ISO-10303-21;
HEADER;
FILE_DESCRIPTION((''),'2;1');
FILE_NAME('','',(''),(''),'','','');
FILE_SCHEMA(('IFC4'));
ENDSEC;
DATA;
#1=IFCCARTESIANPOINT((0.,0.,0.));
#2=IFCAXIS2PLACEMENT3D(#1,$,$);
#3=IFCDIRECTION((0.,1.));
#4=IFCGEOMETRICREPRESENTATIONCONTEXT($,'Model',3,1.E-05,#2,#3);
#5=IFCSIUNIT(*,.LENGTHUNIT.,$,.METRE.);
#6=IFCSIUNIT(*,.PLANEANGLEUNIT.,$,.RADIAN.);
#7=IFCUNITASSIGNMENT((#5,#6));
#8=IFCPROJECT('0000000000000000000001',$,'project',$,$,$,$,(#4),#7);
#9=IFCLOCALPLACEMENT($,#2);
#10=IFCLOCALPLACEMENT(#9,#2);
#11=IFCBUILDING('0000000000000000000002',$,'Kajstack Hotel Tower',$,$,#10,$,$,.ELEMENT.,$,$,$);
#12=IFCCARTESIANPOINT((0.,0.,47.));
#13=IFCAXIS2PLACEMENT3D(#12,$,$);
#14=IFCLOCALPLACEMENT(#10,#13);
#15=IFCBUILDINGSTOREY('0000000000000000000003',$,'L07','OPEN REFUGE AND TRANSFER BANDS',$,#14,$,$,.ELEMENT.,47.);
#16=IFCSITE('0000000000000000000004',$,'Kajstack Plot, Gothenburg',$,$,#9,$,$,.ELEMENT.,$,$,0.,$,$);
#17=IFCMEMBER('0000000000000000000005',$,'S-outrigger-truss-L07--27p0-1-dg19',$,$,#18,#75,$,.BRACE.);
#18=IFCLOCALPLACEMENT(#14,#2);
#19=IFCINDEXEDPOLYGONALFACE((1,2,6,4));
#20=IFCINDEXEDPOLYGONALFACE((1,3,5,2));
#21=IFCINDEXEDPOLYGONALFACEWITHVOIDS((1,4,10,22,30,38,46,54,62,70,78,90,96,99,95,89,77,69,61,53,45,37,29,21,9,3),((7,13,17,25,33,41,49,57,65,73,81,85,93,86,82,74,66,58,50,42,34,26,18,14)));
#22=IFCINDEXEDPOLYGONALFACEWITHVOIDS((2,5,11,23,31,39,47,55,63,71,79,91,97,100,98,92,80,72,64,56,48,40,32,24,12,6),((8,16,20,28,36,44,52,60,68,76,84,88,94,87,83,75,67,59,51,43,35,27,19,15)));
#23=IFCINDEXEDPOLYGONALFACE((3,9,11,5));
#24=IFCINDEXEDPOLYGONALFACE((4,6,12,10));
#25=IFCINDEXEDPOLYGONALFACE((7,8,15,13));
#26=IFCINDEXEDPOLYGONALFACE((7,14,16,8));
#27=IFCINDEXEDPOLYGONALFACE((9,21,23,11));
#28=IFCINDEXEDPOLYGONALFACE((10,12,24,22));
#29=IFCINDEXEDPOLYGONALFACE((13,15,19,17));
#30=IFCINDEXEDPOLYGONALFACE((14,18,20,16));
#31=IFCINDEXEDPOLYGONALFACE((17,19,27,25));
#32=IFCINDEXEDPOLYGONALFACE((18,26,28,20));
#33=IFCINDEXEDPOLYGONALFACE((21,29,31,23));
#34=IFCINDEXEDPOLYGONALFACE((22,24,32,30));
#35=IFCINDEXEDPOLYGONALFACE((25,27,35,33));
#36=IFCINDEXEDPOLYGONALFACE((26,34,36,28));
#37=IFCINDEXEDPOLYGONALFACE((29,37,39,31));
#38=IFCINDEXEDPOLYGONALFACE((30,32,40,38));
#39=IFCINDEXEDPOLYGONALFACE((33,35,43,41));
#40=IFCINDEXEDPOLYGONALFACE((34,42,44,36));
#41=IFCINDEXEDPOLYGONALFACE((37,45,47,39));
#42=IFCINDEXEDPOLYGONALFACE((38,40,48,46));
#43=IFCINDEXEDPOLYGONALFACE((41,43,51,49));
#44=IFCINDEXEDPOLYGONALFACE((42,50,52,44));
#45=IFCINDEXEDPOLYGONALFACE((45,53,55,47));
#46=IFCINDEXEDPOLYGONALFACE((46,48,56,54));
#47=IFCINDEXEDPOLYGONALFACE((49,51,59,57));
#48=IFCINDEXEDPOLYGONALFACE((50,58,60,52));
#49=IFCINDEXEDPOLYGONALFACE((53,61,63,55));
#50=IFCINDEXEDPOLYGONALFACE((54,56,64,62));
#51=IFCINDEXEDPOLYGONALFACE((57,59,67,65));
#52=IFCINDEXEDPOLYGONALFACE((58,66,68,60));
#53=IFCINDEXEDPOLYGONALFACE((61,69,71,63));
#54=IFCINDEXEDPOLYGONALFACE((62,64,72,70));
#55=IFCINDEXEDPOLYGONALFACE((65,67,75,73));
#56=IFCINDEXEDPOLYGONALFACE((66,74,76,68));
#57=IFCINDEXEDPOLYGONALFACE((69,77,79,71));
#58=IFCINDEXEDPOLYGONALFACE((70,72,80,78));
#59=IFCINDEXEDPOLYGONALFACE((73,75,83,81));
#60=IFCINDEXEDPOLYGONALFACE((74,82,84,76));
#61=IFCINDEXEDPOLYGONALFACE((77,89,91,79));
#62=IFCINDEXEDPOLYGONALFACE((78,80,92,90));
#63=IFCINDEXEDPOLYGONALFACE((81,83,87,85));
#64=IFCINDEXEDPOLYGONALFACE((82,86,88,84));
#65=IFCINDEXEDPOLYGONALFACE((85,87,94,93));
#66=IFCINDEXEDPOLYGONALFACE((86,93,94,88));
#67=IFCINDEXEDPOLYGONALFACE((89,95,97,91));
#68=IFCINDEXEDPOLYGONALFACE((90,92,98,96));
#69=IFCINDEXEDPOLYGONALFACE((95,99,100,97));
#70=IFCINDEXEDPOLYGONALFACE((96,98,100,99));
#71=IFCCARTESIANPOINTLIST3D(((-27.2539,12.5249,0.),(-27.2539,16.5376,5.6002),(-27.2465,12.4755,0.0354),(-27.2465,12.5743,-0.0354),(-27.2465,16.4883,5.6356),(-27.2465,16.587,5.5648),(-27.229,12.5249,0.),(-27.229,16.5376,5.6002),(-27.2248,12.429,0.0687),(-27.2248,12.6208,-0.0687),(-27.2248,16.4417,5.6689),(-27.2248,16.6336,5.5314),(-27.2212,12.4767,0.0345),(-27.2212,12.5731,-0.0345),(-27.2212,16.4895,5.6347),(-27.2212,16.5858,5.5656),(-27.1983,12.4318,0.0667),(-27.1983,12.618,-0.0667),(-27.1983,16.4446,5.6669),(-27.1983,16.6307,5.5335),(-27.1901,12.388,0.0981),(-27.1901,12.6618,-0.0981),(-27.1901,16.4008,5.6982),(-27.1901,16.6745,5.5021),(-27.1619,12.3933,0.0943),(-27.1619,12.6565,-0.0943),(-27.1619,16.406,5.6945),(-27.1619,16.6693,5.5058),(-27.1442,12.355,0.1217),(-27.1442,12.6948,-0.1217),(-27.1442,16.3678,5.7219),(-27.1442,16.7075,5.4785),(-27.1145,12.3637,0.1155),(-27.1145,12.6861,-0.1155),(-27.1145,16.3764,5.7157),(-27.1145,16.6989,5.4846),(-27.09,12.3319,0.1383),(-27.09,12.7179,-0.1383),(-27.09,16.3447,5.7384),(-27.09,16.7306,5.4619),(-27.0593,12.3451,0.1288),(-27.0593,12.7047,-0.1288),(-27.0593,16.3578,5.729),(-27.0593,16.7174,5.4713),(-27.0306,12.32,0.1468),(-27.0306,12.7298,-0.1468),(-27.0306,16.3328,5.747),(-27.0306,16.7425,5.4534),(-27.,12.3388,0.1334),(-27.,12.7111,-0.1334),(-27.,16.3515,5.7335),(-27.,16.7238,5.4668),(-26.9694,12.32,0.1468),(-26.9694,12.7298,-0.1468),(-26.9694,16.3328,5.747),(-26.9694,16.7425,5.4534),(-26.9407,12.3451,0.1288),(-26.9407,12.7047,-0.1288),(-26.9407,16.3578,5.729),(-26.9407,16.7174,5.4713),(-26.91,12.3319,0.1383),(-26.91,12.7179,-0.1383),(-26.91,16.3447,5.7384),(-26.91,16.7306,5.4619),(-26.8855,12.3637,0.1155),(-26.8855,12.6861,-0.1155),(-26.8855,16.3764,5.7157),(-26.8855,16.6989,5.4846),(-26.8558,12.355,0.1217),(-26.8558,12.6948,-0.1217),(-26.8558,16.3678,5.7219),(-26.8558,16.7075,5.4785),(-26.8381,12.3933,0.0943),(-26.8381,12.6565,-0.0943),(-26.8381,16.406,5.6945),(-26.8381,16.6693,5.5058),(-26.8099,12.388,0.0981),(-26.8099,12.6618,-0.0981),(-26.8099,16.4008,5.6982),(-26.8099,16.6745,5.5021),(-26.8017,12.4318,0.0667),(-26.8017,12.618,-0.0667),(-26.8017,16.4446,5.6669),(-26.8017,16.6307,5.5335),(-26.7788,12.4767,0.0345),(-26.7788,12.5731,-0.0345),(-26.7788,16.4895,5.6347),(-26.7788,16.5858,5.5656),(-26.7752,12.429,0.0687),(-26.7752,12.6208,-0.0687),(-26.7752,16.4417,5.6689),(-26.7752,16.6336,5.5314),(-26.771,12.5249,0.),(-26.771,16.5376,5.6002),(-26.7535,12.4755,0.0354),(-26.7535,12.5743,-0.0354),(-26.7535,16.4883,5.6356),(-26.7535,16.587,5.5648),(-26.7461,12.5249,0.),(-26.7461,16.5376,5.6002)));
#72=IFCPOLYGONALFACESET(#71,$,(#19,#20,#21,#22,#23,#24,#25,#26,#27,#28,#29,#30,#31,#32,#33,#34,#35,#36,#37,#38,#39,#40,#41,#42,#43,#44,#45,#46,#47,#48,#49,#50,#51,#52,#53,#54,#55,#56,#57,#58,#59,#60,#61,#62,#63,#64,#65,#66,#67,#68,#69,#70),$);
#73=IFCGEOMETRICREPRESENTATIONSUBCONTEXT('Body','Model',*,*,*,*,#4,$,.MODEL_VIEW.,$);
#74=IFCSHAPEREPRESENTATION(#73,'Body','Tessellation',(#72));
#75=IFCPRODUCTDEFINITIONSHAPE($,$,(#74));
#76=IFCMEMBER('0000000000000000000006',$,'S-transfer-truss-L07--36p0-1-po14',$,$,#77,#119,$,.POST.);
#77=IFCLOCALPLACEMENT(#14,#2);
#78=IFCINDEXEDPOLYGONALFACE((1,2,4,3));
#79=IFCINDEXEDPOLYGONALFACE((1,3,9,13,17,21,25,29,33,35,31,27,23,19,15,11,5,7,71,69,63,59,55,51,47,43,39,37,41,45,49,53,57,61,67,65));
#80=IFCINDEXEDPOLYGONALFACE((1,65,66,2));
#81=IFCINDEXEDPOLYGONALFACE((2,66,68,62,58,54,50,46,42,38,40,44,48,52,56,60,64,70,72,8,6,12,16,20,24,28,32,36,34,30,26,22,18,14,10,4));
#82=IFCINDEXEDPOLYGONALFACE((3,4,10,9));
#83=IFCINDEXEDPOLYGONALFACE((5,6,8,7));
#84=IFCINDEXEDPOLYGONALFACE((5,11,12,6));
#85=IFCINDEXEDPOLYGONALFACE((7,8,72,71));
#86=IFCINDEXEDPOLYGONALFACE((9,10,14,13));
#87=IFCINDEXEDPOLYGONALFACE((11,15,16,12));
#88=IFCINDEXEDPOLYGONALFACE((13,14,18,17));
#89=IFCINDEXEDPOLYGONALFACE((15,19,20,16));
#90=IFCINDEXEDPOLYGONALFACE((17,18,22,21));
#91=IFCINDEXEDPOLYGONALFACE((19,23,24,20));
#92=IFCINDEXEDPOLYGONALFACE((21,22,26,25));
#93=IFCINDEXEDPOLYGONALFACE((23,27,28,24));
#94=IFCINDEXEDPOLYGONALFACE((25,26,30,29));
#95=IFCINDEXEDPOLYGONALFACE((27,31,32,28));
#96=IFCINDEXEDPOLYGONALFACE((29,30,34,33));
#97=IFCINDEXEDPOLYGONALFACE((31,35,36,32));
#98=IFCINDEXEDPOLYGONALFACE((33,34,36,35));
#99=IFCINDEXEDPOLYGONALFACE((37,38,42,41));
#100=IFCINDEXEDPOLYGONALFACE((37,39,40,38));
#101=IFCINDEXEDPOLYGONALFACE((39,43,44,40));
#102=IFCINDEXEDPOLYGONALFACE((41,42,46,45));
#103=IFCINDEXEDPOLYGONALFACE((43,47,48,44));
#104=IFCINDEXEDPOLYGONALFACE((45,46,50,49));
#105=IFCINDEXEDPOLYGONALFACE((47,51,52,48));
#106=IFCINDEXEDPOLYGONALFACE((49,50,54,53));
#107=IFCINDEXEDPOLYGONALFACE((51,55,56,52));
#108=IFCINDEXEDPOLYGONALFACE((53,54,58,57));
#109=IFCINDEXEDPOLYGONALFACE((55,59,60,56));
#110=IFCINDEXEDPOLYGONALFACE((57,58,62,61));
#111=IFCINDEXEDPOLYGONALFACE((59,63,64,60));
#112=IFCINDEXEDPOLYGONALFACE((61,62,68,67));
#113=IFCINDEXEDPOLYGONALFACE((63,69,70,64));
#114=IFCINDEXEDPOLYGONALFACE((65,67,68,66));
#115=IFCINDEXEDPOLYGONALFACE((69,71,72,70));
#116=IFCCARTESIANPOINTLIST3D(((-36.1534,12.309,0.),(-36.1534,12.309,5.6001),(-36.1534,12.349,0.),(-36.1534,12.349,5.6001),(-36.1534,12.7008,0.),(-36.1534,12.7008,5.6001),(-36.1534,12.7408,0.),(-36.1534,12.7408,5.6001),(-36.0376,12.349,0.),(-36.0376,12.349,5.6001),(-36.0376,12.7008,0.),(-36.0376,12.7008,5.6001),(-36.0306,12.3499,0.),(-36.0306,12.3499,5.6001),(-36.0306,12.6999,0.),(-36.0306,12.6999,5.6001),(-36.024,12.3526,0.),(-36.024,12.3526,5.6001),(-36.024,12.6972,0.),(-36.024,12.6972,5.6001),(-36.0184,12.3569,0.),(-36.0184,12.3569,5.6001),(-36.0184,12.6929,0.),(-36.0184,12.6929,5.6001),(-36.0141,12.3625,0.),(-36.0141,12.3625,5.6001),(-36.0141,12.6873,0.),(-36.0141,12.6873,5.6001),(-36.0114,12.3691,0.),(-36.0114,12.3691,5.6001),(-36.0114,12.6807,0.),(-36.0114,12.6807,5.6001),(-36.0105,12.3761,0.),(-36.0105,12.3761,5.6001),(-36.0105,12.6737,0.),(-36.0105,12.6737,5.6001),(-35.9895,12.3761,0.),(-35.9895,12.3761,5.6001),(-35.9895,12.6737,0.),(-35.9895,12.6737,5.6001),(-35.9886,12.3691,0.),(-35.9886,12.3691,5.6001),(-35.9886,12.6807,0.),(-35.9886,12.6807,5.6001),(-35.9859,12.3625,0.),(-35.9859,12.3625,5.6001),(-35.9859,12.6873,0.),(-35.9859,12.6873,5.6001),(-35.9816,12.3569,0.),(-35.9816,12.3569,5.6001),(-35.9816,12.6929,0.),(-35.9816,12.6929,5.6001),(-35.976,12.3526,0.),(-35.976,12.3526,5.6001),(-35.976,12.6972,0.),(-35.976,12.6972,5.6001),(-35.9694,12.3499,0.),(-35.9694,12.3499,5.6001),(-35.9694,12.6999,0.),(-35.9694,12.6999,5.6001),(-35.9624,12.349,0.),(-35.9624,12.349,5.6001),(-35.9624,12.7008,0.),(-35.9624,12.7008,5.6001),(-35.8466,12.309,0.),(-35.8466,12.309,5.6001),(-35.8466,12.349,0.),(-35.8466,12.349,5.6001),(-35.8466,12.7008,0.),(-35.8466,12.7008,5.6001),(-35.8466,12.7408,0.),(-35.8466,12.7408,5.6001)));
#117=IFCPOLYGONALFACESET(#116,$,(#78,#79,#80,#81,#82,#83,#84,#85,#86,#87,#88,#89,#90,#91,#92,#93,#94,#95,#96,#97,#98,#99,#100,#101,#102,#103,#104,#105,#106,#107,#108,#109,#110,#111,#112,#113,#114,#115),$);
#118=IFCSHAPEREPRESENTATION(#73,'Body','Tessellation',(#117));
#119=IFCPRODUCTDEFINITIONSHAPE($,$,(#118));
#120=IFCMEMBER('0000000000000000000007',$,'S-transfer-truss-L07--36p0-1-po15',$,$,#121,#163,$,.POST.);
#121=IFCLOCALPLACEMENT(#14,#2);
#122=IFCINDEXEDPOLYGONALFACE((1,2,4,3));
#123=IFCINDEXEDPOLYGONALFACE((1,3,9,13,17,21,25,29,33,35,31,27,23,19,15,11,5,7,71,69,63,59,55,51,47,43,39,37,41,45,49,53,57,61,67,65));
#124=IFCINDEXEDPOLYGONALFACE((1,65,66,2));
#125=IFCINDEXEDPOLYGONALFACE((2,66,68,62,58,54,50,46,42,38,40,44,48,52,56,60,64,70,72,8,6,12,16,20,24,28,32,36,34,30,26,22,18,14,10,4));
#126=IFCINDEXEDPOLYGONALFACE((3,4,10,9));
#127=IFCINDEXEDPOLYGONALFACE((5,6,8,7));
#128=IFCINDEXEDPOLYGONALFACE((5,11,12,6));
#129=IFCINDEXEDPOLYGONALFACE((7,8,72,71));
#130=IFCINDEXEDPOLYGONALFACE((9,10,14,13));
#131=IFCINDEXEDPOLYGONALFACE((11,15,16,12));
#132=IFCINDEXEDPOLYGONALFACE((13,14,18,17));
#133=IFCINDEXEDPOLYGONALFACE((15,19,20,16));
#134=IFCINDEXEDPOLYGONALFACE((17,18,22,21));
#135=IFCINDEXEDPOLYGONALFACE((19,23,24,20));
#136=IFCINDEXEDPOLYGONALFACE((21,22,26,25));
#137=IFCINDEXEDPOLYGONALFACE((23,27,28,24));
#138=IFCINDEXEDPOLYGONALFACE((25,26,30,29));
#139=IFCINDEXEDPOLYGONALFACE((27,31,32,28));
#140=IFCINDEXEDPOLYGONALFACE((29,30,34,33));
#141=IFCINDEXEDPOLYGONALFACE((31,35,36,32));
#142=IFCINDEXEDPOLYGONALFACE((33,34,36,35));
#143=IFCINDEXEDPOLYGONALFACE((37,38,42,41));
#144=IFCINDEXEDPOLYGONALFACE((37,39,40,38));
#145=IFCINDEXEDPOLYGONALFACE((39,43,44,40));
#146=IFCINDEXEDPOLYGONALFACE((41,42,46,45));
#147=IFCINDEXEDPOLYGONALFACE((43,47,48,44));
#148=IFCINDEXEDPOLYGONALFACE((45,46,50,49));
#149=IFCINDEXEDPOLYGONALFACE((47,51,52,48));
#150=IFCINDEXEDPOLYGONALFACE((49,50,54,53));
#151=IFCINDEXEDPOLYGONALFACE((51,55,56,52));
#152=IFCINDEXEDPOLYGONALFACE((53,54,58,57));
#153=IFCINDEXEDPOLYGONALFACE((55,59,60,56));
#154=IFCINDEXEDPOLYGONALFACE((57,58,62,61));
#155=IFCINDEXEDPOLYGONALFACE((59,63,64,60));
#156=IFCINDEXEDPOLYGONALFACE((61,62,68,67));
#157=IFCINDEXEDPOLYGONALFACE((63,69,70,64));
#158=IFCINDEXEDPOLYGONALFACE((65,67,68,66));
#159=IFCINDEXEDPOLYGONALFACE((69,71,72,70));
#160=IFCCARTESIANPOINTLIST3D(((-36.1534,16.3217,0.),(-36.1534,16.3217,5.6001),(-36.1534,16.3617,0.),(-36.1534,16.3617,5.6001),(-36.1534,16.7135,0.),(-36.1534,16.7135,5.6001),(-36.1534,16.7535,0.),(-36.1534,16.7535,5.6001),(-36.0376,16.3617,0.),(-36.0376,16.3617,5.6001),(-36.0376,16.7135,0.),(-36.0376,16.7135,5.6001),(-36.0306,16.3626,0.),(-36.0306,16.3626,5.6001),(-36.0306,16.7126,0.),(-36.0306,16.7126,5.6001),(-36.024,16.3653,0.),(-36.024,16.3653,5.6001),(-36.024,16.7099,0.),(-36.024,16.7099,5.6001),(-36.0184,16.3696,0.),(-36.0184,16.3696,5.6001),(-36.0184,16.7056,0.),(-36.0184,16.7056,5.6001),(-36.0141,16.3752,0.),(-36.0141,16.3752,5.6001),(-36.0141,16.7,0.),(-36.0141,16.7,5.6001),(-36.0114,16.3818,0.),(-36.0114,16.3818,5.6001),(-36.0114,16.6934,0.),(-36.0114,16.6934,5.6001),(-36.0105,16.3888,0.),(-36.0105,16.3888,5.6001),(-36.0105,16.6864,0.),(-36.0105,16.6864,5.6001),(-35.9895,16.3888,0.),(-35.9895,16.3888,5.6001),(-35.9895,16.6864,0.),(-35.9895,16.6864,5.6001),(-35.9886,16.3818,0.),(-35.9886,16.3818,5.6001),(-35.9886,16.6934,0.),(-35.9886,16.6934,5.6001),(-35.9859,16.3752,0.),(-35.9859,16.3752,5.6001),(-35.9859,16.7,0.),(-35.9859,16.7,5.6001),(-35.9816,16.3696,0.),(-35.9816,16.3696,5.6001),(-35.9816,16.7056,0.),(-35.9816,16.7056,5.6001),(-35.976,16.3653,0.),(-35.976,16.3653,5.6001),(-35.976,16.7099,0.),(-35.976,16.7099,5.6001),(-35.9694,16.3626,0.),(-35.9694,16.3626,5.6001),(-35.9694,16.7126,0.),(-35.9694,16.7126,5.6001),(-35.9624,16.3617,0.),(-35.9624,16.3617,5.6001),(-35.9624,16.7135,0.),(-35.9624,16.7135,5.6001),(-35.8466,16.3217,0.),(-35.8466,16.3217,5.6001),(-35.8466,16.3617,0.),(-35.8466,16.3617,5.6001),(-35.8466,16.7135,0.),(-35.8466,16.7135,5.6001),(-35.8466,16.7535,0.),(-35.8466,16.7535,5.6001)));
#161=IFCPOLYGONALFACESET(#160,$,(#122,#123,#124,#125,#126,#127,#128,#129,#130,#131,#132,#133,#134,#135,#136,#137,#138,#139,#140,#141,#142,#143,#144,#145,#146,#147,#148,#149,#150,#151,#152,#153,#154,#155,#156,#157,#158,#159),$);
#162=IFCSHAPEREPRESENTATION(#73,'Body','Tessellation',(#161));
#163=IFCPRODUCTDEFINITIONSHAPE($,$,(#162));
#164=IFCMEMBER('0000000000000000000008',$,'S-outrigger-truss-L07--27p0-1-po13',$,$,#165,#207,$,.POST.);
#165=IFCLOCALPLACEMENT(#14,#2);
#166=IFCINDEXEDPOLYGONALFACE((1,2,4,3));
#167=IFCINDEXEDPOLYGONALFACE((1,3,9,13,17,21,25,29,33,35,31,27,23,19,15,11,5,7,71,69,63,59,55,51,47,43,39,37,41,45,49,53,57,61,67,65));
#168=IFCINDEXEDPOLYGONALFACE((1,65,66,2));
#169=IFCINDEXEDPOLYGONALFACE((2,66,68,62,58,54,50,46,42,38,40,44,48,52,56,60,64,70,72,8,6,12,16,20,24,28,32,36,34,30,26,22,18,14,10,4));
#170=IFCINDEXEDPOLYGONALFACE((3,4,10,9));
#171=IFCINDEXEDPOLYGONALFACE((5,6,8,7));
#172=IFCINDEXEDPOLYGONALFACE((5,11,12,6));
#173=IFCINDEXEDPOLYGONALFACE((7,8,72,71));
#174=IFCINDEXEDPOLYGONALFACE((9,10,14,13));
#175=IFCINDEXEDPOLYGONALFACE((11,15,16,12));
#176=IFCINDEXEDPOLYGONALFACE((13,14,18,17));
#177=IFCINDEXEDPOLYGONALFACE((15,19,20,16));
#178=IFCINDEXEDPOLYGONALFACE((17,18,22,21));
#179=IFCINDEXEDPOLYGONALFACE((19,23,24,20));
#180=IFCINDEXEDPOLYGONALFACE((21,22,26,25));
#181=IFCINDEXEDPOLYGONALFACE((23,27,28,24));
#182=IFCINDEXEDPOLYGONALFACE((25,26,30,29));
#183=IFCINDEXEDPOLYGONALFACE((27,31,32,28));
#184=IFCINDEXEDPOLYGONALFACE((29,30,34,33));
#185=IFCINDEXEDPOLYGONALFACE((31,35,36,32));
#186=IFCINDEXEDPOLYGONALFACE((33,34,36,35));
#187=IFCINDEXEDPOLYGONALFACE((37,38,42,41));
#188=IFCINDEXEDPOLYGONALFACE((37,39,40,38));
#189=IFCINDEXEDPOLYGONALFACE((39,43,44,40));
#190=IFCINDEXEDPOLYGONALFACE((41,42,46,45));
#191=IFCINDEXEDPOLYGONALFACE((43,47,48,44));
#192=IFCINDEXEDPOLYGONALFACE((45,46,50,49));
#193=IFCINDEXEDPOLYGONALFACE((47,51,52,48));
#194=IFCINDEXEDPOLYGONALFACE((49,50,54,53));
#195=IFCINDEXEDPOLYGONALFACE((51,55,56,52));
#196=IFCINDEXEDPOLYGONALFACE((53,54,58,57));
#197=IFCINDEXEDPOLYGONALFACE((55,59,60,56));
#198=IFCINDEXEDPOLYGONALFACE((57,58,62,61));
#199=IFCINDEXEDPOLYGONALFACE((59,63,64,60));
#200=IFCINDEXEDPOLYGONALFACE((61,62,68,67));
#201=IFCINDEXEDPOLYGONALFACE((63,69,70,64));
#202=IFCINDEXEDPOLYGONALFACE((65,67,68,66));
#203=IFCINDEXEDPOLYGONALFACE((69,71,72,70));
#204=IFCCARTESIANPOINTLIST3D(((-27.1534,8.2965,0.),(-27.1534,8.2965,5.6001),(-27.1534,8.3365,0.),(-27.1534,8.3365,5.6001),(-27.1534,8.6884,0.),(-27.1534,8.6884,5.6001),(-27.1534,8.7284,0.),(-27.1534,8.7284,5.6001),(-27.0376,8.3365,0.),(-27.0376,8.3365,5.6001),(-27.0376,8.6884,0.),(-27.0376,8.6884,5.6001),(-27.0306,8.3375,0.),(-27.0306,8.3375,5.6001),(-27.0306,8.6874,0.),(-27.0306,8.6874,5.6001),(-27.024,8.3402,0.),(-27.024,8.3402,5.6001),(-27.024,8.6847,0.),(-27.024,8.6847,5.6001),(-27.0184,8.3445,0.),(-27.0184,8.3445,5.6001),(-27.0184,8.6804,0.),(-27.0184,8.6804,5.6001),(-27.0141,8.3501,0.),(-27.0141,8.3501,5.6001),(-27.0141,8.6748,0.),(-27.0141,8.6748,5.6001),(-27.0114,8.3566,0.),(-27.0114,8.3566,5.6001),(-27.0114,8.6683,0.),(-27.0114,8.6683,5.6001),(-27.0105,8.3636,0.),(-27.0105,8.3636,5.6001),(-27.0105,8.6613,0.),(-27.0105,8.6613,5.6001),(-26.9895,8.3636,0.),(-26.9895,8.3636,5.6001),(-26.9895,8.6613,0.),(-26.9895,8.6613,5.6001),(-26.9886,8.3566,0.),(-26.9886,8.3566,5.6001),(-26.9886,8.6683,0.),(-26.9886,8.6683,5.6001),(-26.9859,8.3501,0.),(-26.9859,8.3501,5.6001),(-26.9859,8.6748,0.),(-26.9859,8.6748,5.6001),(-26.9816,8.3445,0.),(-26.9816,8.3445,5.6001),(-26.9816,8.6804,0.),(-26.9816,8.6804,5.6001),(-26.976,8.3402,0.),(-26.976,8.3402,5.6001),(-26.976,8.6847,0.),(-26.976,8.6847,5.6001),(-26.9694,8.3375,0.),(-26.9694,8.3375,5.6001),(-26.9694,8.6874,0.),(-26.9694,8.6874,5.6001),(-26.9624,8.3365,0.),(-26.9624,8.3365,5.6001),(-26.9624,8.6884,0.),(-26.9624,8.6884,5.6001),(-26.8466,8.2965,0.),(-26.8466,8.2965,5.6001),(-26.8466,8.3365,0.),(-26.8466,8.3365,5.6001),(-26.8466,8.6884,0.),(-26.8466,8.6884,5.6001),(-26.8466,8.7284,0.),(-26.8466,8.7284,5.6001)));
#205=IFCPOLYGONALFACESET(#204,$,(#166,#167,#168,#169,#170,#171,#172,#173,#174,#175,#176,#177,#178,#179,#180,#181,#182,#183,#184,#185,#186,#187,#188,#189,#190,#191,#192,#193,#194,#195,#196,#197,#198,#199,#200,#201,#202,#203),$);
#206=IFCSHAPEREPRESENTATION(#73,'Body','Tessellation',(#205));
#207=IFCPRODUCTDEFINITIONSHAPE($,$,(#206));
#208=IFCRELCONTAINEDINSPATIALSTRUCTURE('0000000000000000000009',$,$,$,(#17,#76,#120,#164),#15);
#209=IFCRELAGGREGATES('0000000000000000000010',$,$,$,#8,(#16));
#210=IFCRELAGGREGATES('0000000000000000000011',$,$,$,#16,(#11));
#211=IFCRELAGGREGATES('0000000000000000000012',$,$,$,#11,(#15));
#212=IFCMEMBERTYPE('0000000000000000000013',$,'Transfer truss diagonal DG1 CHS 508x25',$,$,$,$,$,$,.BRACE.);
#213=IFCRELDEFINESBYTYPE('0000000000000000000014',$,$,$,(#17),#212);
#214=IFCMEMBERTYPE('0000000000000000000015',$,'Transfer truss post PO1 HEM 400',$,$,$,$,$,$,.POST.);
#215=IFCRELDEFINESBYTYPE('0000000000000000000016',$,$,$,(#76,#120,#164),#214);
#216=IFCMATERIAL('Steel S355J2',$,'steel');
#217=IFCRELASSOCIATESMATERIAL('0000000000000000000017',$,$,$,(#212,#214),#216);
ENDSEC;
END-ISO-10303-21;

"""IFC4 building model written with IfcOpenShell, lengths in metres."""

from ifc_helpers import new_model, si_unit, direction, frame, origin, origin_2d, place, context, subcontext, project, spatial, hollow_circle, i_section, extrude, material, material_profile, profile_set, type_object, element, save


model = new_model("IFC4")

# Units and contexts
model_context = context("Model", 3, precision=1e-05, world=origin(), true_north=direction((0.0, 1.0)))
body_context = subcontext(model_context, "Body", "Model", "MODEL_VIEW")
ifc_project = project(units=[si_unit("LENGTHUNIT", "METRE"), si_unit("PLANEANGLEUNIT", "RADIAN")], contexts=[model_context])

# Site, building, storey
site_placement = place(None, origin())
site = spatial("IfcSite", under=ifc_project, at=site_placement, Name="Kajstack Plot, Gothenburg", CompositionType="ELEMENT", RefElevation=0.0)
building_placement = place(site_placement, origin())
building = spatial("IfcBuilding", under=site, at=building_placement, Name="Kajstack Hotel Tower", CompositionType="ELEMENT")
storey_placement = place(building_placement, frame((0.0, 0.0, 47.0)))
storey = spatial("IfcBuildingStorey", under=building, at=storey_placement, Name="L07", Description="OPEN REFUGE AND TRANSFER BANDS", CompositionType="ELEMENT", Elevation=47.0)

# Members
ifc_material = material(Name="Steel S355J2", Category="steel")
ifc_material_profile_1 = material_profile(ifc_material, hollow_circle(Radius=0.2539, WallThickness=0.0249, at=origin_2d()), Name="CHS 508x25")
ifc_profile_set_1 = profile_set([ifc_material_profile_1], Name="Steel S355J2")
member_type_1 = type_object("IfcMemberType", Name="Transfer truss diagonal DG1 CHS 508x25", PredefinedType="BRACE", material=ifc_profile_set_1)
member_1_placement = place(storey_placement, frame((-27.0, 12.5249, 0.0), z_axis=(0.0, 0.582451, 0.812866), x_axis=(-1.0, 0.0, 0.0)))
element("IfcMember", 1, at=member_1_placement, inside=storey, type_object=member_type_1, Name="S-outrigger-truss-L07--27p0-1-dg19", PredefinedType="BRACE", context=body_context, shape_type="SweptSolid", body=[
    extrude(hollow_circle(Radius=0.2539, WallThickness=0.0249, at=origin_2d()), origin(), (0.0, 0.0, 1.0), 6.8894),
])
ifc_material_profile_2 = material_profile(ifc_material, i_section(OverallWidth=0.3069, OverallDepth=0.4319, WebThickness=0.021, FlangeThickness=0.04, FilletRadius=0.0271, at=origin_2d()), Name="HEM 400")
ifc_profile_set_2 = profile_set([ifc_material_profile_2], Name="Steel S355J2")
member_type_2 = type_object("IfcMemberType", Name="Transfer truss post PO1 HEM 400", PredefinedType="POST", material=ifc_profile_set_2)
for number, where, z_axis, x_axis, name in (
    (2, (-36.0, 12.5249, 0.0), (0.0, 0.0, 1.0), (1.0, 0.0, 0.0), "S-transfer-truss-L07--36p0-1-po14"),
    (3, (-36.0, 16.5376, 0.0), (0.0, 0.0, 1.0), (1.0, 0.0, 0.0), "S-transfer-truss-L07--36p0-1-po15"),
    (4, (-27.0, 8.5125, 0.0), (0.0, 0.0, 1.0), (1.0, 0.0, 0.0), "S-outrigger-truss-L07--27p0-1-po13"),
):
    element("IfcMember", number, at=place(storey_placement, frame(where, z_axis=z_axis, x_axis=x_axis)), inside=storey, type_object=member_type_2, Name=name, PredefinedType="POST", context=body_context, shape_type="SweptSolid", body=[
        extrude(i_section(OverallWidth=0.3069, OverallDepth=0.4319, WebThickness=0.021, FlangeThickness=0.04, FilletRadius=0.0271, at=origin_2d()), origin(), (0.0, 0.0, 1.0), 5.6001),
    ])

save(model, "model.ifc")
